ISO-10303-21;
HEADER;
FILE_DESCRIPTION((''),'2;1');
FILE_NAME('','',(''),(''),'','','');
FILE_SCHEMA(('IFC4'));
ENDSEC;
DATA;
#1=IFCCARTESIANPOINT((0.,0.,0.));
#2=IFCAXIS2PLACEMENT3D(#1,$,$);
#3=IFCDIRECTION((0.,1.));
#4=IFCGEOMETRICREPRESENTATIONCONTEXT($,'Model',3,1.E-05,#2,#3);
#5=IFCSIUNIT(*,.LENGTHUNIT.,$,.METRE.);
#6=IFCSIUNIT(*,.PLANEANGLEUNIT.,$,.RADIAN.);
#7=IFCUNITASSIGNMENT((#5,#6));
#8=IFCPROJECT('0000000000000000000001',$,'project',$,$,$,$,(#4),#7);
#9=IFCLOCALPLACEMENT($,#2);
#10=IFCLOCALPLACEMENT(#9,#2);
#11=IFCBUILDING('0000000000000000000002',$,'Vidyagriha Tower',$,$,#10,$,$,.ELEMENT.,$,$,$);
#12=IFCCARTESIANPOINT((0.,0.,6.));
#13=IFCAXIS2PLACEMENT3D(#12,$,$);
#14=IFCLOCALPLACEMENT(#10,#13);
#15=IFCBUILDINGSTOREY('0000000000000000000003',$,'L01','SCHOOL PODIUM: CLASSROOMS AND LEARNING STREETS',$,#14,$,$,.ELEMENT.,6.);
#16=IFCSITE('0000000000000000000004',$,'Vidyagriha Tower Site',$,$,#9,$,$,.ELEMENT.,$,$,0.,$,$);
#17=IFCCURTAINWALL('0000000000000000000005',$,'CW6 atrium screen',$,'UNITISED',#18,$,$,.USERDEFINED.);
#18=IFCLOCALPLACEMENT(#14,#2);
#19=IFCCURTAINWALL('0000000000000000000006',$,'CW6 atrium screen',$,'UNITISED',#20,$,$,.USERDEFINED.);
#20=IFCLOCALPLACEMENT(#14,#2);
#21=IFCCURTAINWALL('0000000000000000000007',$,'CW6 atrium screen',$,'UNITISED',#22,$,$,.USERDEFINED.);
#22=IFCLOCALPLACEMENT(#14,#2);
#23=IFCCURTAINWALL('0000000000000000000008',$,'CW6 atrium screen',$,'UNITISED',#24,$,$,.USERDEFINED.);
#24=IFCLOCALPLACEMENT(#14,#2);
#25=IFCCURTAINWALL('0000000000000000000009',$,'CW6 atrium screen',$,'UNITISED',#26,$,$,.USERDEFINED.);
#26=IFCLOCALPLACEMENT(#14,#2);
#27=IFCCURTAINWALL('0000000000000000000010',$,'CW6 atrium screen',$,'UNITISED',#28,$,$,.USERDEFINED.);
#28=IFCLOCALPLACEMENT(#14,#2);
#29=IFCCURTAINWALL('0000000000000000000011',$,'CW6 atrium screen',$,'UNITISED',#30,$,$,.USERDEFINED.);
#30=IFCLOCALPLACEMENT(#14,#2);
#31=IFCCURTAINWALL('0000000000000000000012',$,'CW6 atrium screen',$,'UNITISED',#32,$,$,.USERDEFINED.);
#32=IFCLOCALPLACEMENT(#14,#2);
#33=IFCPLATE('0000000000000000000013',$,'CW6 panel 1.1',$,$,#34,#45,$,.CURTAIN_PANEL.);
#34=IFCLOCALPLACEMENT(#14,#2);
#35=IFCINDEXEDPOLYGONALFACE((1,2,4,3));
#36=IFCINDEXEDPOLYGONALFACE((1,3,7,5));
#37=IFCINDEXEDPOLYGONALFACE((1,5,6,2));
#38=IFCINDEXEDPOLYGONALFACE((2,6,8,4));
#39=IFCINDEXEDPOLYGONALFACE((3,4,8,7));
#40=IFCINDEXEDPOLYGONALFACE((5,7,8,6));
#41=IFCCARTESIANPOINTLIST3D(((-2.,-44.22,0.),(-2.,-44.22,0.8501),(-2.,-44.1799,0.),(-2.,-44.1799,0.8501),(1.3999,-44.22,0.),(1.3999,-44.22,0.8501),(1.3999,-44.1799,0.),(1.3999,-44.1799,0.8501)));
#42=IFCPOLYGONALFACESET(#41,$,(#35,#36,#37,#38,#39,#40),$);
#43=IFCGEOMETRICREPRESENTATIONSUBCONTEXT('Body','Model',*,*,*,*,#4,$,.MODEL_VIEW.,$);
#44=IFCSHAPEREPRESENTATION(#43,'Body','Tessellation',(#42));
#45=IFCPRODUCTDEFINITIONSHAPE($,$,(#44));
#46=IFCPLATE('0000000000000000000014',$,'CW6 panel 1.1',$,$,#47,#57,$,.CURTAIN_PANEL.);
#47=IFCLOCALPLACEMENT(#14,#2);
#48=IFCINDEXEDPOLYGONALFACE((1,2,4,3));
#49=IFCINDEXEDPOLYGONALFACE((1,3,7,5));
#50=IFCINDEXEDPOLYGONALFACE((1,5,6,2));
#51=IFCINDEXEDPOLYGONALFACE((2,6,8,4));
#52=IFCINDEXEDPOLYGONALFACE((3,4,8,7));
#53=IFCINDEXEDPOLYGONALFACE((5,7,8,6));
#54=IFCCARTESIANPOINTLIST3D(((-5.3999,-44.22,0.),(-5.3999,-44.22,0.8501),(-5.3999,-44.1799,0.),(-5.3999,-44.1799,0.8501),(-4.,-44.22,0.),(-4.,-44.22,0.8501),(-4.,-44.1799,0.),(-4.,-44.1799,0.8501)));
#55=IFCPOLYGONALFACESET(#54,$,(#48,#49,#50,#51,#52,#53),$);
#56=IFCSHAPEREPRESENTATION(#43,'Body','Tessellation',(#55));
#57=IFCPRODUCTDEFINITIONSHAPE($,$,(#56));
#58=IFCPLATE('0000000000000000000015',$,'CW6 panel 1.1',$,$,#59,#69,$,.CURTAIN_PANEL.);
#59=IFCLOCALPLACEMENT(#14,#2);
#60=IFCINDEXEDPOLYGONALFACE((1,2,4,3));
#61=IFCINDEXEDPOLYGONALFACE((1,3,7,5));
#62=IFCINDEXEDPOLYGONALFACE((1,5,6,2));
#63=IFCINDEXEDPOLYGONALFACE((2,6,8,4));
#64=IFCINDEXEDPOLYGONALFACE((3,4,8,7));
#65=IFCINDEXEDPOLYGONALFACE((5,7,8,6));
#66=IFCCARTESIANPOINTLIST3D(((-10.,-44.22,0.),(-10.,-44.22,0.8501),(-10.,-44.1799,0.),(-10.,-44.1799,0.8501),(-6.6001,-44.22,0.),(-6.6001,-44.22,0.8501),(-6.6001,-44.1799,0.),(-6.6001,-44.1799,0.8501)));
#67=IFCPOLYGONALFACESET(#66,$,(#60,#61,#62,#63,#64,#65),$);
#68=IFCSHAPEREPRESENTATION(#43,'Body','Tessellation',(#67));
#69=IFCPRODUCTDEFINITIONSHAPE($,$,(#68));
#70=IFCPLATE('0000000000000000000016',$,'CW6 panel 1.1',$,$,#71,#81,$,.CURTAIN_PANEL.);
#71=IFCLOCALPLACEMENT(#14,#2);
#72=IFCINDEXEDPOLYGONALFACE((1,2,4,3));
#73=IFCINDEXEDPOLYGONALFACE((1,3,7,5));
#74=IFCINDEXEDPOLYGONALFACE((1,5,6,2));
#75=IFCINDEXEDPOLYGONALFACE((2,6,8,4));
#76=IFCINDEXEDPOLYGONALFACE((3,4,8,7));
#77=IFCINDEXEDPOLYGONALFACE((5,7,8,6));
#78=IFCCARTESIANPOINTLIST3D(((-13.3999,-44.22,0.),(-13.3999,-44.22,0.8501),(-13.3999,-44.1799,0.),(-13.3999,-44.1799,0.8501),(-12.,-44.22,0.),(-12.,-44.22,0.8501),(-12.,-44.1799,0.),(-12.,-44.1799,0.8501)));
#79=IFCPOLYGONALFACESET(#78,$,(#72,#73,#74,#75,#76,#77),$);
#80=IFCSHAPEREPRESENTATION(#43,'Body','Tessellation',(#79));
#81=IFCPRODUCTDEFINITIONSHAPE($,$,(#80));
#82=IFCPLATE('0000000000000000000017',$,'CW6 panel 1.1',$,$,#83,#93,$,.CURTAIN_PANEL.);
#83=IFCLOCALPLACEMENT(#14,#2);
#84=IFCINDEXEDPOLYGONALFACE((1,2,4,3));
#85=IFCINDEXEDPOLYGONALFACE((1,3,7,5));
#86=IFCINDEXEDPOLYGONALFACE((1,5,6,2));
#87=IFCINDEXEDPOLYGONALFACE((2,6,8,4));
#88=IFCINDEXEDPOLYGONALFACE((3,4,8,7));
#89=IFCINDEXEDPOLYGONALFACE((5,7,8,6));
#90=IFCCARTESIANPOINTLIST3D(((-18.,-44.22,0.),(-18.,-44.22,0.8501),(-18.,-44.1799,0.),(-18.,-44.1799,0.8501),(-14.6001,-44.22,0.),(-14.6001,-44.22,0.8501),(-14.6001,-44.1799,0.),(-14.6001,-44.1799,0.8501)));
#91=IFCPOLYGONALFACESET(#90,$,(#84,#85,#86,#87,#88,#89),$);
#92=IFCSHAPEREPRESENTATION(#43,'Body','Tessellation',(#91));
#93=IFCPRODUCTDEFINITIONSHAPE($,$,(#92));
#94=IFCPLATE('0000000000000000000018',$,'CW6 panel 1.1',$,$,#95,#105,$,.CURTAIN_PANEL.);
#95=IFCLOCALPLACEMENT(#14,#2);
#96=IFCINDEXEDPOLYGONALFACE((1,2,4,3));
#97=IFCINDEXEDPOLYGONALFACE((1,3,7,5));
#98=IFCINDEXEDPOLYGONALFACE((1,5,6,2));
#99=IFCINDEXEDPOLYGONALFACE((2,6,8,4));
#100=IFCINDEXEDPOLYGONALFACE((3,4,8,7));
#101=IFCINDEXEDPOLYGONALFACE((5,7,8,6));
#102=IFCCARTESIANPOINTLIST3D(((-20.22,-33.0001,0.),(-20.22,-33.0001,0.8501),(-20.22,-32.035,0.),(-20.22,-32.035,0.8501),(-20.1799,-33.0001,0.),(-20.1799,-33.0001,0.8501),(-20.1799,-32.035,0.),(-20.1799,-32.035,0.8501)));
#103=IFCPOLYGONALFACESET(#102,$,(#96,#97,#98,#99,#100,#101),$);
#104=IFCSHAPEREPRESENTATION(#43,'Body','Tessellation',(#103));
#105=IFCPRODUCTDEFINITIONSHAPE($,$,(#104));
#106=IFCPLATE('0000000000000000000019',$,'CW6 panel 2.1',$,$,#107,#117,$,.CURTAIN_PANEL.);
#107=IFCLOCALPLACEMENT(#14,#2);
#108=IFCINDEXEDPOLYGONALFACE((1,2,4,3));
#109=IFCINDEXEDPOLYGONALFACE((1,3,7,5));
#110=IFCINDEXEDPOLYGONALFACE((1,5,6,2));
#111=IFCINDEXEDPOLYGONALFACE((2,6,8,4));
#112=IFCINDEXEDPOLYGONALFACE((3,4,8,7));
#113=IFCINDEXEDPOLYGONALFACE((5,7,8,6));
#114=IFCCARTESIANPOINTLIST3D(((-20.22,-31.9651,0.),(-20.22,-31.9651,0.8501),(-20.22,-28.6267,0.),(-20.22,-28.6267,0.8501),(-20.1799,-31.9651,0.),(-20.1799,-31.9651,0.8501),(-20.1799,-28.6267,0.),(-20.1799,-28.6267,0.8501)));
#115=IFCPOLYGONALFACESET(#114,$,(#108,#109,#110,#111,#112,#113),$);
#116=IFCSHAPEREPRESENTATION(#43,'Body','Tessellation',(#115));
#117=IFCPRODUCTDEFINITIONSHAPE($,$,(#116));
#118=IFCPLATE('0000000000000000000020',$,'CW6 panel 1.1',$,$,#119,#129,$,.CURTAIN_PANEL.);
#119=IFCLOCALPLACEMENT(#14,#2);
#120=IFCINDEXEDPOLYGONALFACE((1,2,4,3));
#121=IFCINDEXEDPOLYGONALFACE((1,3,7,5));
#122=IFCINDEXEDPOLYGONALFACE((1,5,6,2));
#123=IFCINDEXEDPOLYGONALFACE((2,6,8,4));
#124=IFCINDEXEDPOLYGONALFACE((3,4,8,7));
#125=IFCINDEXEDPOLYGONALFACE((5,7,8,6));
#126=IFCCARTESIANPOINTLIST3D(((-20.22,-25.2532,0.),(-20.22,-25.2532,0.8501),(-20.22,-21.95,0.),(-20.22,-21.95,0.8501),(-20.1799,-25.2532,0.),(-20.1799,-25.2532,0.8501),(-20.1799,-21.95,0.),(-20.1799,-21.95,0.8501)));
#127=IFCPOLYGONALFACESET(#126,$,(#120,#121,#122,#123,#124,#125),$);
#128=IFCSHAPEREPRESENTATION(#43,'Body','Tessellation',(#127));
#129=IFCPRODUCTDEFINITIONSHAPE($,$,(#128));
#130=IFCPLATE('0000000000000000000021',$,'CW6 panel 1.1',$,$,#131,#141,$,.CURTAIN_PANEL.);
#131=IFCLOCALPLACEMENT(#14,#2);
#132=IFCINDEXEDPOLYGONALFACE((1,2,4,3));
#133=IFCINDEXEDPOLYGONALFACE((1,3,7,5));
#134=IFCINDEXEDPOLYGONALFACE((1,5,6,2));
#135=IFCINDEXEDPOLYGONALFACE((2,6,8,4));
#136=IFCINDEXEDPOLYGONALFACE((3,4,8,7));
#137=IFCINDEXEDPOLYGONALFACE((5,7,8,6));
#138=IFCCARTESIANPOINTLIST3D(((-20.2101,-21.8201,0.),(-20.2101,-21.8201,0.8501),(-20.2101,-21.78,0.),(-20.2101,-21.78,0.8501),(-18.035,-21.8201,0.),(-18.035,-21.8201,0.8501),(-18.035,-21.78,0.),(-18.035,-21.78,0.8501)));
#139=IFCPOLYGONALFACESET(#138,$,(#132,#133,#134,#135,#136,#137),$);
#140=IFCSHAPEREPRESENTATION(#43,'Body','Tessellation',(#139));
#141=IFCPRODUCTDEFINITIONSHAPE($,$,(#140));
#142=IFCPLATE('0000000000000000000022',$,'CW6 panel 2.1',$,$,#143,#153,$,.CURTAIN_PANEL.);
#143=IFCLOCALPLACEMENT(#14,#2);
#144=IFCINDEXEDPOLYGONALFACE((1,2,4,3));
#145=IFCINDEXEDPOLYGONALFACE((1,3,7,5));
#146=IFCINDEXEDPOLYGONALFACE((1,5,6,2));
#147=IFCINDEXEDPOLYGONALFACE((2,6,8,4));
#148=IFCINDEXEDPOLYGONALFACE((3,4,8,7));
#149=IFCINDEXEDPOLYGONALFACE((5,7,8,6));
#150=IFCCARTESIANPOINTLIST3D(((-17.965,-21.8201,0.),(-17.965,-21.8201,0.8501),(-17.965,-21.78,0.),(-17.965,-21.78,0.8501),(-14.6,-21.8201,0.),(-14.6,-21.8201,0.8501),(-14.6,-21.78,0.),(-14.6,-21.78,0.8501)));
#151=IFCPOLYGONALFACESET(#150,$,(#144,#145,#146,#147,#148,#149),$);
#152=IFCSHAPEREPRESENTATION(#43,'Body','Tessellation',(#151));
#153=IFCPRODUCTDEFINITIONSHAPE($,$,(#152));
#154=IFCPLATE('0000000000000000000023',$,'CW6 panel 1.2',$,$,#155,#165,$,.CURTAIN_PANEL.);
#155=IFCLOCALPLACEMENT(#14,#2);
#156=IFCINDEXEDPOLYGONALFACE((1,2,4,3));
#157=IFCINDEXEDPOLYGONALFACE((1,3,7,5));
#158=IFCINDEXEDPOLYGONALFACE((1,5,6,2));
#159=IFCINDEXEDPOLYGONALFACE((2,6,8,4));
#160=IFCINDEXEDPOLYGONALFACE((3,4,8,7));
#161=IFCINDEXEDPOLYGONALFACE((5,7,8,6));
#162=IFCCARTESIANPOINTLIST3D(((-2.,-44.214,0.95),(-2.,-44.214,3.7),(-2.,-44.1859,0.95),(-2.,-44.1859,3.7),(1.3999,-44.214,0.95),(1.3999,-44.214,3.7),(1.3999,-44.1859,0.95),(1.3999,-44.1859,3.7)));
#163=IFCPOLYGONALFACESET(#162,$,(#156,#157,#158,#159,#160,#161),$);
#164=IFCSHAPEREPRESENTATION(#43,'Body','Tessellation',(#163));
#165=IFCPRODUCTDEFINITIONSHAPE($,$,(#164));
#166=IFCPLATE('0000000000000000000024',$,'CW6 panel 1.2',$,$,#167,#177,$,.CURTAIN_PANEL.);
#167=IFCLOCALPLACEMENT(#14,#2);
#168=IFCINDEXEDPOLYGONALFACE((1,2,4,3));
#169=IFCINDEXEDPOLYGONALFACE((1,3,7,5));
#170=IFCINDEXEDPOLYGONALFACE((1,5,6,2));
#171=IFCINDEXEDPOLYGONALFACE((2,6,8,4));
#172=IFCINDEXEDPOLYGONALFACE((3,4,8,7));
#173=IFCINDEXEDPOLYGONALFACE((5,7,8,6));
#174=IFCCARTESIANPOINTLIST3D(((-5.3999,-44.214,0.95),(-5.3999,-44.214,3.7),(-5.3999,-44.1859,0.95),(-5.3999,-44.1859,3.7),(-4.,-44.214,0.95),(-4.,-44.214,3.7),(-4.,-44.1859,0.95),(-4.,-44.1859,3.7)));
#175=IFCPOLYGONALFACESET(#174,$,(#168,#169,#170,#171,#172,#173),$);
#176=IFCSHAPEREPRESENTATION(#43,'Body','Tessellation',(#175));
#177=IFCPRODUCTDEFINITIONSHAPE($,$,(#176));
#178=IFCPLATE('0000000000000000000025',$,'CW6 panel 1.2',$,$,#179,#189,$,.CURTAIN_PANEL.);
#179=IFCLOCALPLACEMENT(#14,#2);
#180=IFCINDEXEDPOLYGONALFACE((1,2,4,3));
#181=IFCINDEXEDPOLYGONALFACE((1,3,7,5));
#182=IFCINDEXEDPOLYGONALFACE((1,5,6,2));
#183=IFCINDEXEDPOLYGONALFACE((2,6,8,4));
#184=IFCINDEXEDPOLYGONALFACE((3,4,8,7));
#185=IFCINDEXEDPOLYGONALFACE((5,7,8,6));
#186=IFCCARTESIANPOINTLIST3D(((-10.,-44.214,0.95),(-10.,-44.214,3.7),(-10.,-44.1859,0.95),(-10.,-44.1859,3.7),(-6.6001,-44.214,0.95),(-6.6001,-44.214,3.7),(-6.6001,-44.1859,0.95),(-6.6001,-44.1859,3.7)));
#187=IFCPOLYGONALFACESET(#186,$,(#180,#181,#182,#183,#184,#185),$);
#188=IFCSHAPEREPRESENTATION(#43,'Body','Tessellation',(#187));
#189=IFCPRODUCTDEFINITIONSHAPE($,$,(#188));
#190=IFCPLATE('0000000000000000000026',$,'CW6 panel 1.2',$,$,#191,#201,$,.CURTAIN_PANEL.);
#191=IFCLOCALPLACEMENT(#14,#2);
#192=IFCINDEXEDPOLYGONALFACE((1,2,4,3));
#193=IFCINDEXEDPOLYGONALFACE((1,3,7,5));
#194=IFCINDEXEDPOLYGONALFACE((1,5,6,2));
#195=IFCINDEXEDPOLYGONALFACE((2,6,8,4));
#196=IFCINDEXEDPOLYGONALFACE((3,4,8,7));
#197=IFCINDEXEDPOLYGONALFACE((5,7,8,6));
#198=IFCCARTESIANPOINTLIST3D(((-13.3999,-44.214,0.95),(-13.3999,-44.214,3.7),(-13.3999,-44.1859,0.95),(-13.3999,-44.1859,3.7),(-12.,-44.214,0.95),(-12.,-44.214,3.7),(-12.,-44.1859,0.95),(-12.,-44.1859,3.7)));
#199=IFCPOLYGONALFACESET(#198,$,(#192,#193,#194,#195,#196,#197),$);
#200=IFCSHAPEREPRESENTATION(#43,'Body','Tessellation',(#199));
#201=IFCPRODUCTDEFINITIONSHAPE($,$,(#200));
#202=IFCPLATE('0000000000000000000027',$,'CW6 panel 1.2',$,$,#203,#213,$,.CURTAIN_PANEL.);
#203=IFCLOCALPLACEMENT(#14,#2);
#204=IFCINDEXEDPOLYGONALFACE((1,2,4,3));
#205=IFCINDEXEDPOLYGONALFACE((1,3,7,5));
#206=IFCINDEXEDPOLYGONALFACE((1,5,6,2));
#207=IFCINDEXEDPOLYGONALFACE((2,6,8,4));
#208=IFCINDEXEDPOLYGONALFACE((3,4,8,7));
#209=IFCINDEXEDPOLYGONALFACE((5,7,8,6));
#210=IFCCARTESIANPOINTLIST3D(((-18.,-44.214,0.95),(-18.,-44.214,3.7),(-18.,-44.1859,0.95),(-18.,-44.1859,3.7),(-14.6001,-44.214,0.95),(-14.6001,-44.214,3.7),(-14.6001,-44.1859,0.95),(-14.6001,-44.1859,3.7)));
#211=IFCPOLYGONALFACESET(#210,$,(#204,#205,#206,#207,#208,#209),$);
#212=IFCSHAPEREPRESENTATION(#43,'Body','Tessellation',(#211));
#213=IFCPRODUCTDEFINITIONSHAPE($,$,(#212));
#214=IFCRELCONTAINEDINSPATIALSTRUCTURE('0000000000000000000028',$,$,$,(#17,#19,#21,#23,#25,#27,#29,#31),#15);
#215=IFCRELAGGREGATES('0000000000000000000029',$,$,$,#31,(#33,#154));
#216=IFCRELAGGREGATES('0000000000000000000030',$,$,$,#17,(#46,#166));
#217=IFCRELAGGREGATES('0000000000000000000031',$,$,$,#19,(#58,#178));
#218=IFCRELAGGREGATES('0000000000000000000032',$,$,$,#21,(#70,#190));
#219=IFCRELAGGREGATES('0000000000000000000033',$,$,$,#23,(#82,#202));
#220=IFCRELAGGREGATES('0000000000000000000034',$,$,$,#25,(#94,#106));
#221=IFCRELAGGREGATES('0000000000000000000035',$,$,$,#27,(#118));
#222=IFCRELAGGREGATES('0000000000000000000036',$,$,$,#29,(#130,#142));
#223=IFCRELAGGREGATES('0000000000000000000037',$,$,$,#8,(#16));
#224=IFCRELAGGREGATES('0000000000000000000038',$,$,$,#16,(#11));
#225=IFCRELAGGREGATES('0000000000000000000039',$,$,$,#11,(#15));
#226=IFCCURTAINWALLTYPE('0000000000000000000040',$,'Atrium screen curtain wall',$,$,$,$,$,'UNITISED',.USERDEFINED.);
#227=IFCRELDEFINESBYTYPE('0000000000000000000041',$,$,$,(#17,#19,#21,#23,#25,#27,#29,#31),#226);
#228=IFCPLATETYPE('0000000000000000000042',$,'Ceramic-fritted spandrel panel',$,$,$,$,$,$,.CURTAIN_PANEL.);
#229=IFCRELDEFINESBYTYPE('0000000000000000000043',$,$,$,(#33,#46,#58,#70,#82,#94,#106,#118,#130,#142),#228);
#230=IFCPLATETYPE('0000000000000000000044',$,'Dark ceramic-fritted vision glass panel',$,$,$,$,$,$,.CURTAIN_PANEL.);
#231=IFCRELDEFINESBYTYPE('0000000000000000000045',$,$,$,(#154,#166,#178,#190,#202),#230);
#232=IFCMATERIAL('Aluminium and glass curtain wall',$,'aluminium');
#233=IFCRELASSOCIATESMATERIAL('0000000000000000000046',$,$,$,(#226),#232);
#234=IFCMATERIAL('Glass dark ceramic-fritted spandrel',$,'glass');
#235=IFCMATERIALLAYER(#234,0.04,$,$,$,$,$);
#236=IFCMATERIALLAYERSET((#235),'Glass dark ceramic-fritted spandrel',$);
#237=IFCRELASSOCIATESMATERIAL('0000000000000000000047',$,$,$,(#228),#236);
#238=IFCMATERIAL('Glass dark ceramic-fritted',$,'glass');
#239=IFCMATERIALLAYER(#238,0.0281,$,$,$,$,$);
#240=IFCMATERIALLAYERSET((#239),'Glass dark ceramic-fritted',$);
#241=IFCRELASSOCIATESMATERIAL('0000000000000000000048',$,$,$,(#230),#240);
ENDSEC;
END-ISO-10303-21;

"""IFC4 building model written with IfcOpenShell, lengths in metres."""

from ifc_helpers import new_model, si_unit, direction, frame, origin, origin_2d, place, context, subcontext, project, spatial, rectangle, extrude, material, layer, layer_set, type_object, element, aggregate, save


model = new_model("IFC4")

# Units and contexts
model_context = context("Model", 3, precision=1e-05, world=origin(), true_north=direction((0.0, 1.0)))
body_context = subcontext(model_context, "Body", "Model", "MODEL_VIEW")
ifc_project = project(units=[si_unit("LENGTHUNIT", "METRE"), si_unit("PLANEANGLEUNIT", "RADIAN")], contexts=[model_context])

# Site, building, storey
site_placement = place(None, origin())
site = spatial("IfcSite", under=ifc_project, at=site_placement, Name="Vidyagriha Tower Site", CompositionType="ELEMENT", RefElevation=0.0)
building_placement = place(site_placement, origin())
building = spatial("IfcBuilding", under=site, at=building_placement, Name="Vidyagriha Tower", CompositionType="ELEMENT")
storey_placement = place(building_placement, frame((0.0, 0.0, 6.0)))
storey = spatial("IfcBuildingStorey", under=building, at=storey_placement, Name="L01", Description="SCHOOL PODIUM: CLASSROOMS AND LEARNING STREETS", CompositionType="ELEMENT", Elevation=6.0)

# Curtain walls
ifc_material_1 = material(Name="Aluminium and glass curtain wall", Category="aluminium")
curtain_wall_type = type_object("IfcCurtainWallType", Name="Atrium screen curtain wall", ElementType="UNITISED", PredefinedType="USERDEFINED", material=ifc_material_1)
curtain_wall_1_placement = place(storey_placement, origin())
curtain_wall_1 = element("IfcCurtainWall", 1, at=curtain_wall_1_placement, inside=storey, type_object=curtain_wall_type, Name="CW6 atrium screen", ObjectType="UNITISED", PredefinedType="USERDEFINED")
curtain_wall_2_placement = place(storey_placement, origin())
curtain_wall_2 = element("IfcCurtainWall", 2, at=curtain_wall_2_placement, inside=storey, type_object=curtain_wall_type, Name="CW6 atrium screen", ObjectType="UNITISED", PredefinedType="USERDEFINED")
curtain_wall_3_placement = place(storey_placement, origin())
curtain_wall_3 = element("IfcCurtainWall", 3, at=curtain_wall_3_placement, inside=storey, type_object=curtain_wall_type, Name="CW6 atrium screen", ObjectType="UNITISED", PredefinedType="USERDEFINED")
curtain_wall_4_placement = place(storey_placement, origin())
curtain_wall_4 = element("IfcCurtainWall", 4, at=curtain_wall_4_placement, inside=storey, type_object=curtain_wall_type, Name="CW6 atrium screen", ObjectType="UNITISED", PredefinedType="USERDEFINED")
curtain_wall_5_placement = place(storey_placement, origin())
curtain_wall_5 = element("IfcCurtainWall", 5, at=curtain_wall_5_placement, inside=storey, type_object=curtain_wall_type, Name="CW6 atrium screen", ObjectType="UNITISED", PredefinedType="USERDEFINED")
curtain_wall_6_placement = place(storey_placement, origin())
curtain_wall_6 = element("IfcCurtainWall", 6, at=curtain_wall_6_placement, inside=storey, type_object=curtain_wall_type, Name="CW6 atrium screen", ObjectType="UNITISED", PredefinedType="USERDEFINED")
curtain_wall_7_placement = place(storey_placement, origin())
curtain_wall_7 = element("IfcCurtainWall", 7, at=curtain_wall_7_placement, inside=storey, type_object=curtain_wall_type, Name="CW6 atrium screen", ObjectType="UNITISED", PredefinedType="USERDEFINED")

# Curtain wall, plate
curtain_wall_8_placement = place(storey_placement, origin())
curtain_wall_8 = element("IfcCurtainWall", 8, at=curtain_wall_8_placement, inside=storey, type_object=curtain_wall_type, Name="CW6 atrium screen", ObjectType="UNITISED", PredefinedType="USERDEFINED")
ifc_material_2 = material(Name="Glass dark ceramic-fritted spandrel", Category="glass")
ifc_layer_1 = layer(ifc_material_2, 0.04)
ifc_layer_set_1 = layer_set([ifc_layer_1], Name="Glass dark ceramic-fritted spandrel")
plate_type_1 = type_object("IfcPlateType", Name="Ceramic-fritted spandrel panel", PredefinedType="CURTAIN_PANEL", material=ifc_layer_set_1)
plate_1_placement = place(storey_placement, frame((-0.3, -44.2, 0.0), z_axis=(0.0, 0.0, 1.0), x_axis=(-1.0, 0.0, 0.0)))
plate_1 = element("IfcPlate", 9, at=plate_1_placement, type_object=plate_type_1, Name="CW6 panel 1.1", PredefinedType="CURTAIN_PANEL", context=body_context, shape_type="SweptSolid", body=[
    extrude(rectangle(XDim=3.3999, YDim=0.04, at=origin_2d()), origin(), (0.0, 0.0, 1.0), 0.8501),
])

# Plates
plate_2_placement = place(storey_placement, frame((-4.7, -44.2, 0.0), z_axis=(0.0, 0.0, 1.0), x_axis=(-1.0, 0.0, 0.0)))
plate_2 = element("IfcPlate", 10, at=plate_2_placement, type_object=plate_type_1, Name="CW6 panel 1.1", PredefinedType="CURTAIN_PANEL", context=body_context, shape_type="SweptSolid", body=[
    extrude(rectangle(XDim=1.3999, YDim=0.04, at=origin_2d()), origin(), (0.0, 0.0, 1.0), 0.8501),
])
plate_3_placement = place(storey_placement, frame((-8.3, -44.2, 0.0), z_axis=(0.0, 0.0, 1.0), x_axis=(-1.0, 0.0, 0.0)))
plate_3 = element("IfcPlate", 11, at=plate_3_placement, type_object=plate_type_1, Name="CW6 panel 1.1", PredefinedType="CURTAIN_PANEL", context=body_context, shape_type="SweptSolid", body=[
    extrude(rectangle(XDim=3.3999, YDim=0.04, at=origin_2d()), origin(), (0.0, 0.0, 1.0), 0.8501),
])
plate_4_placement = place(storey_placement, frame((-12.7, -44.2, 0.0), z_axis=(0.0, 0.0, 1.0), x_axis=(-1.0, 0.0, 0.0)))
plate_4 = element("IfcPlate", 12, at=plate_4_placement, type_object=plate_type_1, Name="CW6 panel 1.1", PredefinedType="CURTAIN_PANEL", context=body_context, shape_type="SweptSolid", body=[
    extrude(rectangle(XDim=1.3999, YDim=0.04, at=origin_2d()), origin(), (0.0, 0.0, 1.0), 0.8501),
])
plate_5_placement = place(storey_placement, frame((-16.3, -44.2, 0.0), z_axis=(0.0, 0.0, 1.0), x_axis=(-1.0, 0.0, 0.0)))
plate_5 = element("IfcPlate", 13, at=plate_5_placement, type_object=plate_type_1, Name="CW6 panel 1.1", PredefinedType="CURTAIN_PANEL", context=body_context, shape_type="SweptSolid", body=[
    extrude(rectangle(XDim=3.3999, YDim=0.04, at=origin_2d()), origin(), (0.0, 0.0, 1.0), 0.8501),
])
plate_6_placement = place(storey_placement, frame((-20.2, -32.5176, 0.0), z_axis=(0.0, 0.0, 1.0), x_axis=(0.0, 1.0, 0.0)))
plate_6 = element("IfcPlate", 14, at=plate_6_placement, type_object=plate_type_1, Name="CW6 panel 1.1", PredefinedType="CURTAIN_PANEL", context=body_context, shape_type="SweptSolid", body=[
    extrude(rectangle(XDim=0.9651, YDim=0.04, at=origin_2d()), origin(), (0.0, 0.0, 1.0), 0.8501),
])
plate_7_placement = place(storey_placement, frame((-20.2, -30.2959, 0.0), z_axis=(0.0, 0.0, 1.0), x_axis=(0.0, 1.0, 0.0)))
plate_7 = element("IfcPlate", 15, at=plate_7_placement, type_object=plate_type_1, Name="CW6 panel 2.1", PredefinedType="CURTAIN_PANEL", context=body_context, shape_type="SweptSolid", body=[
    extrude(rectangle(XDim=3.3384, YDim=0.04, at=origin_2d()), origin(), (0.0, 0.0, 1.0), 0.8501),
])
plate_8_placement = place(storey_placement, frame((-20.2, -23.6016, 0.0), z_axis=(0.0, 0.0, 1.0), x_axis=(0.0, 1.0, 0.0)))
plate_8 = element("IfcPlate", 16, at=plate_8_placement, type_object=plate_type_1, Name="CW6 panel 1.1", PredefinedType="CURTAIN_PANEL", context=body_context, shape_type="SweptSolid", body=[
    extrude(rectangle(XDim=3.3032, YDim=0.04, at=origin_2d()), origin(), (0.0, 0.0, 1.0), 0.8501),
])
plate_9_placement = place(storey_placement, frame((-19.1226, -21.8, 0.0)))
plate_9 = element("IfcPlate", 17, at=plate_9_placement, type_object=plate_type_1, Name="CW6 panel 1.1", PredefinedType="CURTAIN_PANEL", context=body_context, shape_type="SweptSolid", body=[
    extrude(rectangle(XDim=2.175, YDim=0.04, at=origin_2d()), origin(), (0.0, 0.0, 1.0), 0.8501),
])
plate_10_placement = place(storey_placement, frame((-16.2825, -21.8, 0.0)))
plate_10 = element("IfcPlate", 18, at=plate_10_placement, type_object=plate_type_1, Name="CW6 panel 2.1", PredefinedType="CURTAIN_PANEL", context=body_context, shape_type="SweptSolid", body=[
    extrude(rectangle(XDim=3.365, YDim=0.04, at=origin_2d()), origin(), (0.0, 0.0, 1.0), 0.8501),
])
ifc_material_3 = material(Name="Glass dark ceramic-fritted", Category="glass")
ifc_layer_2 = layer(ifc_material_3, 0.0281)
ifc_layer_set_2 = layer_set([ifc_layer_2], Name="Glass dark ceramic-fritted")
plate_type_2 = type_object("IfcPlateType", Name="Dark ceramic-fritted vision glass panel", PredefinedType="CURTAIN_PANEL", material=ifc_layer_set_2)
plate_11_placement = place(storey_placement, frame((-0.3, -44.2, 0.95), z_axis=(0.0, 0.0, 1.0), x_axis=(-1.0, 0.0, 0.0)))
plate_11 = element("IfcPlate", 19, at=plate_11_placement, type_object=plate_type_2, Name="CW6 panel 1.2", PredefinedType="CURTAIN_PANEL", context=body_context, shape_type="SweptSolid", body=[
    extrude(rectangle(XDim=3.3999, YDim=0.0281, at=origin_2d()), origin(), (0.0, 0.0, 1.0), 2.75),
])
aggregate(curtain_wall_8, [plate_1, plate_11])
plate_12_placement = place(storey_placement, frame((-4.7, -44.2, 0.95), z_axis=(0.0, 0.0, 1.0), x_axis=(-1.0, 0.0, 0.0)))
plate_12 = element("IfcPlate", 20, at=plate_12_placement, type_object=plate_type_2, Name="CW6 panel 1.2", PredefinedType="CURTAIN_PANEL", context=body_context, shape_type="SweptSolid", body=[
    extrude(rectangle(XDim=1.3999, YDim=0.0281, at=origin_2d()), origin(), (0.0, 0.0, 1.0), 2.75),
])
aggregate(curtain_wall_1, [plate_2, plate_12])
plate_13_placement = place(storey_placement, frame((-8.3, -44.2, 0.95), z_axis=(0.0, 0.0, 1.0), x_axis=(-1.0, 0.0, 0.0)))
plate_13 = element("IfcPlate", 21, at=plate_13_placement, type_object=plate_type_2, Name="CW6 panel 1.2", PredefinedType="CURTAIN_PANEL", context=body_context, shape_type="SweptSolid", body=[
    extrude(rectangle(XDim=3.3999, YDim=0.0281, at=origin_2d()), origin(), (0.0, 0.0, 1.0), 2.75),
])
aggregate(curtain_wall_2, [plate_3, plate_13])
plate_14_placement = place(storey_placement, frame((-12.7, -44.2, 0.95), z_axis=(0.0, 0.0, 1.0), x_axis=(-1.0, 0.0, 0.0)))
plate_14 = element("IfcPlate", 22, at=plate_14_placement, type_object=plate_type_2, Name="CW6 panel 1.2", PredefinedType="CURTAIN_PANEL", context=body_context, shape_type="SweptSolid", body=[
    extrude(rectangle(XDim=1.3999, YDim=0.0281, at=origin_2d()), origin(), (0.0, 0.0, 1.0), 2.75),
])
aggregate(curtain_wall_3, [plate_4, plate_14])
plate_15_placement = place(storey_placement, frame((-16.3, -44.2, 0.95), z_axis=(0.0, 0.0, 1.0), x_axis=(-1.0, 0.0, 0.0)))
plate_15 = element("IfcPlate", 23, at=plate_15_placement, type_object=plate_type_2, Name="CW6 panel 1.2", PredefinedType="CURTAIN_PANEL", context=body_context, shape_type="SweptSolid", body=[
    extrude(rectangle(XDim=3.3999, YDim=0.0281, at=origin_2d()), origin(), (0.0, 0.0, 1.0), 2.75),
])
aggregate(curtain_wall_4, [plate_5, plate_15])
aggregate(curtain_wall_5, [plate_6, plate_7])
aggregate(curtain_wall_6, [plate_8])
aggregate(curtain_wall_7, [plate_9, plate_10])

save(model, "model.ifc")
